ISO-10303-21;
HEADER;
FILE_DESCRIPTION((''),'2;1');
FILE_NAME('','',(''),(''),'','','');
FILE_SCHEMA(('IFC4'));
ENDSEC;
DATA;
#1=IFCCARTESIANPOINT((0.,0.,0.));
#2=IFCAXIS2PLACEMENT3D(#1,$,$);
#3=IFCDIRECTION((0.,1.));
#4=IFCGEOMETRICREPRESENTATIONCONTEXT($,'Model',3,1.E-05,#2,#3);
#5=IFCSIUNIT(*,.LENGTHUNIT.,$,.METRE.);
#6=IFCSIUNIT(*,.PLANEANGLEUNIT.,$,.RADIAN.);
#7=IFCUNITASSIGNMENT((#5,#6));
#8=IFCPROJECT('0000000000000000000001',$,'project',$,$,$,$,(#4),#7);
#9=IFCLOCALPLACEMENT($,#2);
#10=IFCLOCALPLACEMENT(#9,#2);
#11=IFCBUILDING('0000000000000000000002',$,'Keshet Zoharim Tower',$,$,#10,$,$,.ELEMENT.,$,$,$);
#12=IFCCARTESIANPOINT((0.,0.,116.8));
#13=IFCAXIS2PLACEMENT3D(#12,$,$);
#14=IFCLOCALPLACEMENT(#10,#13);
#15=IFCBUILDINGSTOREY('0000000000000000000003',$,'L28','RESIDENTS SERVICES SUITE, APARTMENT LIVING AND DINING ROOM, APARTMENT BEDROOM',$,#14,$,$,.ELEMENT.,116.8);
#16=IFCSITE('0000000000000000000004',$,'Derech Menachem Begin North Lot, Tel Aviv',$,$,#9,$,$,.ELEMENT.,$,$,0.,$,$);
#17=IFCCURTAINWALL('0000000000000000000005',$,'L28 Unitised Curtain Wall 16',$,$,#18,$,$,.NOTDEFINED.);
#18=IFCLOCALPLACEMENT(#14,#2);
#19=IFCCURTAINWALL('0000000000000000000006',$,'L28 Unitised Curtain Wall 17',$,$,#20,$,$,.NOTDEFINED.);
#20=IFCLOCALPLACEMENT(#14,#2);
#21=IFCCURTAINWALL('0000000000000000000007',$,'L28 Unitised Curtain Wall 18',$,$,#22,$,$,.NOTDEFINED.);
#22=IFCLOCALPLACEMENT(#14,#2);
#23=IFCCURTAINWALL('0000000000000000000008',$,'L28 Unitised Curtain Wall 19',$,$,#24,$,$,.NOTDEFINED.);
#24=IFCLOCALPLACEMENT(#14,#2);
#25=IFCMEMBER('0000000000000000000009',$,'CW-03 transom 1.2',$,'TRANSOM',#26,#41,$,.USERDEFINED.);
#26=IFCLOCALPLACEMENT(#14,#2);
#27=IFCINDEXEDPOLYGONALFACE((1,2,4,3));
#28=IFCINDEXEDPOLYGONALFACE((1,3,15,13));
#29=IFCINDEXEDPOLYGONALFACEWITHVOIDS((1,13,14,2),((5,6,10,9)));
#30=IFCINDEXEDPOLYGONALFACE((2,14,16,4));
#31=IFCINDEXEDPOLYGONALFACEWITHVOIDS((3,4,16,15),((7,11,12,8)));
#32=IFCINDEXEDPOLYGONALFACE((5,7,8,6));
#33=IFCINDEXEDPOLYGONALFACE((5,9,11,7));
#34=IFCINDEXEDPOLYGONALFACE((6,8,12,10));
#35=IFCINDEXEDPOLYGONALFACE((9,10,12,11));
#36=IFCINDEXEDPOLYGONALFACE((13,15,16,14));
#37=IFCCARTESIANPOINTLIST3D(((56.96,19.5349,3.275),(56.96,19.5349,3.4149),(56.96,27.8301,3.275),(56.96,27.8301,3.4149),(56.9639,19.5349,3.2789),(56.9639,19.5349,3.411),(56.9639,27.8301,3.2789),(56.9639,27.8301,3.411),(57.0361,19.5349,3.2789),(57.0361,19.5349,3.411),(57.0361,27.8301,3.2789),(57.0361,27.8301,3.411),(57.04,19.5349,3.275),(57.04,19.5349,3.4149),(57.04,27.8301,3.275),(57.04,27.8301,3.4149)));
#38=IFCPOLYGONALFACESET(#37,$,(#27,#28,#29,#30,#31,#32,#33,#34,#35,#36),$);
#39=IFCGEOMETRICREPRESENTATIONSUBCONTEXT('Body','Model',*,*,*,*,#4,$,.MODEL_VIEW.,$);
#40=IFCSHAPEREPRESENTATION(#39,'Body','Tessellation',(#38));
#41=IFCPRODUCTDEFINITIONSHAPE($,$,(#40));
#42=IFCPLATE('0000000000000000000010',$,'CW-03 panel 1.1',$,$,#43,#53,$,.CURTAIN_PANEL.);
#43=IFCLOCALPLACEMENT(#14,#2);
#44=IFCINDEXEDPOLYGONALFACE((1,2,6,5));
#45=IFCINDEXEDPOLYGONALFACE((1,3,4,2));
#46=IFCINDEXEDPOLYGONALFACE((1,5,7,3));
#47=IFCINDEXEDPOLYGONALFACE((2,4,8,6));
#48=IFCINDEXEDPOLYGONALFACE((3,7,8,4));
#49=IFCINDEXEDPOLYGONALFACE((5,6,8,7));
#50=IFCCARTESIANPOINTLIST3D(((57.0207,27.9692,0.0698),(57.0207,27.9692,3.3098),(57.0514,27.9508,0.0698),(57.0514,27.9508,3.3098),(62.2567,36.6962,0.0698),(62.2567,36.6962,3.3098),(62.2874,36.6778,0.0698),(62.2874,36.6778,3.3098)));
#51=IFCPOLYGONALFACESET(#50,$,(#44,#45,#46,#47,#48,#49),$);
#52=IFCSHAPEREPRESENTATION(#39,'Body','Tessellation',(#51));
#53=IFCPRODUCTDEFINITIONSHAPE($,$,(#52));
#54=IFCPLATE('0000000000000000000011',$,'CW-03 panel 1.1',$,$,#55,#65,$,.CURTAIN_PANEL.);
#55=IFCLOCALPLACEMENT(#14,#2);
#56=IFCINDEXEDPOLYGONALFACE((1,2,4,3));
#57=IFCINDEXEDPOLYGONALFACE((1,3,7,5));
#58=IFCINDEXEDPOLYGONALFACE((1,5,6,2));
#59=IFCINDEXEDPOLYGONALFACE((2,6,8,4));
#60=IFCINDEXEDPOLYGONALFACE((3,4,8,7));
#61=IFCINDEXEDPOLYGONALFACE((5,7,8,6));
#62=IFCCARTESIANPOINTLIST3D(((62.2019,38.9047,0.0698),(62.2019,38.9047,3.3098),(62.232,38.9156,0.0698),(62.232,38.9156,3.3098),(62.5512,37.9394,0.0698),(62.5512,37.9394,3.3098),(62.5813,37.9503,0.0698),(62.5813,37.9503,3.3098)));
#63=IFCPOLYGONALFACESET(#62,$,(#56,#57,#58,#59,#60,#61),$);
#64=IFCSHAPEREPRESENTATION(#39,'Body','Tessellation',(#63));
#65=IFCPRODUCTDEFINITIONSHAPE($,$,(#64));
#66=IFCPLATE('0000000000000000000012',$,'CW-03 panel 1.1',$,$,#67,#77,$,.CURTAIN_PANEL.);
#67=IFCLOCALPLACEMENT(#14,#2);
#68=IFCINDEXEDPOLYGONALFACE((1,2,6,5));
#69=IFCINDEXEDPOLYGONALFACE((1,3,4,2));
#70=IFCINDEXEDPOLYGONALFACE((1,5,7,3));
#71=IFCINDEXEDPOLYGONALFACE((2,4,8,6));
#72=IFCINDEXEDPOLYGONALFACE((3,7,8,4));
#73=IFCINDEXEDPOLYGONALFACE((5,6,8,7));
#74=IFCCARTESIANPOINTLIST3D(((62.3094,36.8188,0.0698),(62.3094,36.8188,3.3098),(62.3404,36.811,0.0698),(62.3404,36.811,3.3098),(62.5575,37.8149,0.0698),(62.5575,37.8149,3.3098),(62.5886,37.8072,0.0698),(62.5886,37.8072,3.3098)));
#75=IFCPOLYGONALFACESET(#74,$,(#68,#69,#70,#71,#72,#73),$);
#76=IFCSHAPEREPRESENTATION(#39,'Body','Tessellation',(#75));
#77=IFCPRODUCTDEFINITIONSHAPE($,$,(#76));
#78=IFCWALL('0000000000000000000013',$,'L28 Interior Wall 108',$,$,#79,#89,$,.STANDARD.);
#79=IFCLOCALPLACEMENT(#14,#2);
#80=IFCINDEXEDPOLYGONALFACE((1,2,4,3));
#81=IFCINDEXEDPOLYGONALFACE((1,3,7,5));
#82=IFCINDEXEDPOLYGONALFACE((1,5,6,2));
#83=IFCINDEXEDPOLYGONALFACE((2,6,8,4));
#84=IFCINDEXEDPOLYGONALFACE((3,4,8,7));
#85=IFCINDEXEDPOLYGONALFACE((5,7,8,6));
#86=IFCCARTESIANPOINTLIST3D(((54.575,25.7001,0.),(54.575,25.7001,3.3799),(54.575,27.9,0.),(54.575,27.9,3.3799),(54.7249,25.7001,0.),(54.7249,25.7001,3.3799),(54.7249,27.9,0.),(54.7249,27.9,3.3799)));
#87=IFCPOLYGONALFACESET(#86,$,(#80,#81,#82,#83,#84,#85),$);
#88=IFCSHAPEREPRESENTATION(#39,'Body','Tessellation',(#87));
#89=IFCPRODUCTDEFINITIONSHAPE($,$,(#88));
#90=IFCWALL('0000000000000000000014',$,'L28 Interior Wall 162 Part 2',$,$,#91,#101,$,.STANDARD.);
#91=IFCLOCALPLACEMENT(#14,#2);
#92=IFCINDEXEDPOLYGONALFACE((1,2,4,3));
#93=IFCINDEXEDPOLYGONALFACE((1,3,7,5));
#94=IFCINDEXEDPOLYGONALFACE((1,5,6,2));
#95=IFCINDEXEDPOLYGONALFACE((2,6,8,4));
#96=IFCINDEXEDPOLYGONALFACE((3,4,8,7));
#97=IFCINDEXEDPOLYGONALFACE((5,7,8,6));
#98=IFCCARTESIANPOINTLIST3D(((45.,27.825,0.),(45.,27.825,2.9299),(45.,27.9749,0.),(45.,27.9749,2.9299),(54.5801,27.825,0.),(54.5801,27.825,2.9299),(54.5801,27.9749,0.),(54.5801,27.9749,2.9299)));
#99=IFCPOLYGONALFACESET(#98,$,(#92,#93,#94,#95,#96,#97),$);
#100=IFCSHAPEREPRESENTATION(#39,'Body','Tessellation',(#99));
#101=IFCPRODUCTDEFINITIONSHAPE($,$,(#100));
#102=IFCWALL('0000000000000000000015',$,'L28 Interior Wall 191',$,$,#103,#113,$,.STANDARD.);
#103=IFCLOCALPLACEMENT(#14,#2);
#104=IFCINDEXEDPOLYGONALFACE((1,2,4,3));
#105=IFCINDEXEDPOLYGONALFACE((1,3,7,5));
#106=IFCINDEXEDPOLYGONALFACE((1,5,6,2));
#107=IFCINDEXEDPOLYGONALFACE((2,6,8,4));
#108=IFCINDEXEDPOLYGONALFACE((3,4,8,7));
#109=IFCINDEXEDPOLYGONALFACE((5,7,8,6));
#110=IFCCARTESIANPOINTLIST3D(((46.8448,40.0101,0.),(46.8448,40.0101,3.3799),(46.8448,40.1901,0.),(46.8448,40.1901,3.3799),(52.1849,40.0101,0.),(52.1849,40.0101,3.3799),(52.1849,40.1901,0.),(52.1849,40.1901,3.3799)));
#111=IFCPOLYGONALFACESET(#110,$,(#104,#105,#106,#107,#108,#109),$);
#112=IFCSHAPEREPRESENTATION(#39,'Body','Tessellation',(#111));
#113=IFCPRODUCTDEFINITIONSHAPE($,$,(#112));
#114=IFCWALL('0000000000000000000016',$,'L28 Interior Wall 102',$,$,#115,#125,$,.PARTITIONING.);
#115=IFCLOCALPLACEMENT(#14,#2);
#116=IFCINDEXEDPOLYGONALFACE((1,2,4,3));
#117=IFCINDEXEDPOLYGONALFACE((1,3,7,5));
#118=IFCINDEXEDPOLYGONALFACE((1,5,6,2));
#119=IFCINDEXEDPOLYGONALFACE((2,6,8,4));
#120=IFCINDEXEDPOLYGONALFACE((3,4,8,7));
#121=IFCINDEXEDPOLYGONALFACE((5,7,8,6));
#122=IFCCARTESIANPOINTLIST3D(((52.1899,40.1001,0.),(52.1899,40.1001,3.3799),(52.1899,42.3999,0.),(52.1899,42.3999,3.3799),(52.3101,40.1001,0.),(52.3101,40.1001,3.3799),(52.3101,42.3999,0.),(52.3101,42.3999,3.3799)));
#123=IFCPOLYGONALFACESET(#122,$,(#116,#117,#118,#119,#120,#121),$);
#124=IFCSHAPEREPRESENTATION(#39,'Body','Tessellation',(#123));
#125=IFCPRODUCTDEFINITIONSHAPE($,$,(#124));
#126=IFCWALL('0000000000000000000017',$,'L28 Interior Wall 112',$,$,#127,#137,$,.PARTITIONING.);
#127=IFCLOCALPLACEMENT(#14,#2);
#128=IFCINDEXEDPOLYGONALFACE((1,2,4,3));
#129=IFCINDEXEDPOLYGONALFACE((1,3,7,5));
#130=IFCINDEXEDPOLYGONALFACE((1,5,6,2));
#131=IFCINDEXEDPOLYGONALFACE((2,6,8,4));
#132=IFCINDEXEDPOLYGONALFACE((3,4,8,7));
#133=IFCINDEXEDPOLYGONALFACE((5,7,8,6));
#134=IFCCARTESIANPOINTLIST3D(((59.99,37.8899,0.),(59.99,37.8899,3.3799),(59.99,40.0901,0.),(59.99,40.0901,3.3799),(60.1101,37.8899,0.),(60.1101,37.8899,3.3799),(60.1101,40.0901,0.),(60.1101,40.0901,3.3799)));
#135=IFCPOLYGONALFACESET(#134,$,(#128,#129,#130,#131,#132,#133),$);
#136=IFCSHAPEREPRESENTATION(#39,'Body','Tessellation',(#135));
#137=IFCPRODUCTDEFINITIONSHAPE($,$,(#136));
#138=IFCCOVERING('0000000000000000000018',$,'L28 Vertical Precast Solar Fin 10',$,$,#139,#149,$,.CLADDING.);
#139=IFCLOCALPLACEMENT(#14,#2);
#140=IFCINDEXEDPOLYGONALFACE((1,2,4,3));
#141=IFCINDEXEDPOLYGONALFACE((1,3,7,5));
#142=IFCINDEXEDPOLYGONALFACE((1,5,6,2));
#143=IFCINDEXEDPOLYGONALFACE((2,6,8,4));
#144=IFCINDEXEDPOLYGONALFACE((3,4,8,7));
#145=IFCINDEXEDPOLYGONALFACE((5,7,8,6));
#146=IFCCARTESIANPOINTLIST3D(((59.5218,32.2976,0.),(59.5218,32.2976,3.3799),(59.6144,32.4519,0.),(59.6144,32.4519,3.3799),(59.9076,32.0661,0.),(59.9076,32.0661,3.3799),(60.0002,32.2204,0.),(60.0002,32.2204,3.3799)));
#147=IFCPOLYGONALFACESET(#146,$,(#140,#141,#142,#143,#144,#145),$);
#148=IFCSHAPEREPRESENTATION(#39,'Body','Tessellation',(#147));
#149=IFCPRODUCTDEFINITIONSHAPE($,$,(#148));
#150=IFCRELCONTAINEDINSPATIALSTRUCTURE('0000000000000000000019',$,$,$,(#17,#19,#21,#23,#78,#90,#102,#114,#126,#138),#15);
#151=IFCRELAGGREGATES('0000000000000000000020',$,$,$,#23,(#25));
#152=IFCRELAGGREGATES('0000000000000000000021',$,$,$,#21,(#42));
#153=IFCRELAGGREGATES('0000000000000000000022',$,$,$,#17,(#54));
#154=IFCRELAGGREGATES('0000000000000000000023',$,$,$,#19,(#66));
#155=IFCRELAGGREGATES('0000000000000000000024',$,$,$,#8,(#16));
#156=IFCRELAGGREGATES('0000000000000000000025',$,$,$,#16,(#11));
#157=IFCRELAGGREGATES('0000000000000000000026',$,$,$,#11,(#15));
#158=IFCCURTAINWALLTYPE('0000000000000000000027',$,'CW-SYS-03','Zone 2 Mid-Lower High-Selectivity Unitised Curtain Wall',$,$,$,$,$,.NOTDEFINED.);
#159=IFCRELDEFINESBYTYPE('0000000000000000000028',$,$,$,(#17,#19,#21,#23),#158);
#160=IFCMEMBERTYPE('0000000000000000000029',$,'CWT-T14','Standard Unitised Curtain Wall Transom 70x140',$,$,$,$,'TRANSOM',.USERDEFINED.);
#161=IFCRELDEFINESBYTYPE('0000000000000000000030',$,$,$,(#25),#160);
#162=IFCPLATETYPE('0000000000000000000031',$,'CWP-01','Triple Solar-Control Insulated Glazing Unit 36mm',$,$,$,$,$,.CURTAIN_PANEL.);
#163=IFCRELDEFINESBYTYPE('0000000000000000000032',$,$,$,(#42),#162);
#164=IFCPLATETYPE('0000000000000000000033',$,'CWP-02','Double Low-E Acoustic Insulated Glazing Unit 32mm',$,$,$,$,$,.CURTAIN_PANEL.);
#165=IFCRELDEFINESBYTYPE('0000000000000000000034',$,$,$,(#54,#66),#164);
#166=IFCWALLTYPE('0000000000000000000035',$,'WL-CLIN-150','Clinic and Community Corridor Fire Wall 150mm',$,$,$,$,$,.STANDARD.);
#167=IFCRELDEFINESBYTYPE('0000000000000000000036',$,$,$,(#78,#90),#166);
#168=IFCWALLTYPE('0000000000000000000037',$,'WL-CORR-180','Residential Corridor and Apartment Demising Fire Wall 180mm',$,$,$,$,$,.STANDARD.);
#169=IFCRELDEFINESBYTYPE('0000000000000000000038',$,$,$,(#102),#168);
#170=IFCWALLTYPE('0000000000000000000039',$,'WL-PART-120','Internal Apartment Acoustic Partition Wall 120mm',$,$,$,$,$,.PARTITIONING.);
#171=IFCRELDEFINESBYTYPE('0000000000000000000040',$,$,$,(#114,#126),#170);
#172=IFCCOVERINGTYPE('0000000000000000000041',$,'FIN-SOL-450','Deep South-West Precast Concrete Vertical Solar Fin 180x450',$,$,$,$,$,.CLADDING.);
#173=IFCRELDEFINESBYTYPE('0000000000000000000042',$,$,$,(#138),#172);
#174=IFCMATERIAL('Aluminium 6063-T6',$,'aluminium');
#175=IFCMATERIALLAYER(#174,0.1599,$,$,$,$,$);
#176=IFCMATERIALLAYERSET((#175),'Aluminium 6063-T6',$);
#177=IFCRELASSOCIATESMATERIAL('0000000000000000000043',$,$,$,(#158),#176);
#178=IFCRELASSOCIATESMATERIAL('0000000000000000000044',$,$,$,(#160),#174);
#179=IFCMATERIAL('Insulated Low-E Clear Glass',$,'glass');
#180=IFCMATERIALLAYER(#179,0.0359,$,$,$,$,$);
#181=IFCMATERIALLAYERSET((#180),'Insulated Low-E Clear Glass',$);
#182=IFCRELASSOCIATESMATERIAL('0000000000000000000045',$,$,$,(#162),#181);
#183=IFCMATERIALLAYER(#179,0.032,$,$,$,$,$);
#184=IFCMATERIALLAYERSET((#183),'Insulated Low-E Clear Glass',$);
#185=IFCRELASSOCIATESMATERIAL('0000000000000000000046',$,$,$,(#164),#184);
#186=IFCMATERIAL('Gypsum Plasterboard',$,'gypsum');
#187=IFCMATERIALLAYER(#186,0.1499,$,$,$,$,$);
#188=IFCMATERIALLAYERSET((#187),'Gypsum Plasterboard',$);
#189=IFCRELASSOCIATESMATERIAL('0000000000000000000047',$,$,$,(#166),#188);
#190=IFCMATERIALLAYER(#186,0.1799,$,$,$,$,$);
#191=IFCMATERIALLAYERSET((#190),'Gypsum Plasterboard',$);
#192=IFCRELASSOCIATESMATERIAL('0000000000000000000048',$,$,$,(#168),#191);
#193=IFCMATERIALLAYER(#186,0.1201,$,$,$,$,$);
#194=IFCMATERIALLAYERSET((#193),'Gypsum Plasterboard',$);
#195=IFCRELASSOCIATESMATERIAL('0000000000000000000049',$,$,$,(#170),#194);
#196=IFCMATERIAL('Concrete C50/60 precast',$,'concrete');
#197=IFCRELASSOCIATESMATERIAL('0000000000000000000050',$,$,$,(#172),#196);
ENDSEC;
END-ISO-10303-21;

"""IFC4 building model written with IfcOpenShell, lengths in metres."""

from ifc_helpers import new_model, si_unit, direction, frame, frame_2d, origin, origin_2d, place, context, subcontext, project, spatial, rectangle, hollow_rectangle, extrude, material, layer, layer_set, material_profile, profile_set, type_object, element, aggregate, save


model = new_model("IFC4")

# Units and contexts
model_context = context("Model", 3, precision=1e-05, world=origin(), true_north=direction((0.0, 1.0)))
body_context = subcontext(model_context, "Body", "Model", "MODEL_VIEW")
ifc_project = project(units=[si_unit("LENGTHUNIT", "METRE"), si_unit("PLANEANGLEUNIT", "RADIAN")], contexts=[model_context])

# Site, building, storey
site_placement = place(None, origin())
site = spatial("IfcSite", under=ifc_project, at=site_placement, Name="Derech Menachem Begin North Lot, Tel Aviv", CompositionType="ELEMENT", RefElevation=0.0)
building_placement = place(site_placement, origin())
building = spatial("IfcBuilding", under=site, at=building_placement, Name="Keshet Zoharim Tower", CompositionType="ELEMENT")
storey_placement = place(building_placement, frame((0.0, 0.0, 116.8)))
storey = spatial("IfcBuildingStorey", under=building, at=storey_placement, Name="L28", Description="RESIDENTS SERVICES SUITE, APARTMENT LIVING AND DINING ROOM, APARTMENT BEDROOM", CompositionType="ELEMENT", Elevation=116.8)

# Shared definitions
ifc_material_1 = material(Name="Aluminium 6063-T6", Category="aluminium")
ifc_layer_1 = layer(ifc_material_1, 0.1599)
ifc_layer_set_1 = layer_set([ifc_layer_1], Name="Aluminium 6063-T6")
curtain_wall_type = type_object("IfcCurtainWallType", Name="CW-SYS-03", Description="Zone 2 Mid-Lower High-Selectivity Unitised Curtain Wall", PredefinedType="NOTDEFINED", material=ifc_layer_set_1)

# Curtain walls
curtain_wall_1_placement = place(storey_placement, origin())
curtain_wall_1 = element("IfcCurtainWall", 1, at=curtain_wall_1_placement, inside=storey, type_object=curtain_wall_type, Name="L28 Unitised Curtain Wall 16", PredefinedType="NOTDEFINED")
curtain_wall_2_placement = place(storey_placement, origin())
curtain_wall_2 = element("IfcCurtainWall", 2, at=curtain_wall_2_placement, inside=storey, type_object=curtain_wall_type, Name="L28 Unitised Curtain Wall 17", PredefinedType="NOTDEFINED")
curtain_wall_3_placement = place(storey_placement, origin())
curtain_wall_3 = element("IfcCurtainWall", 3, at=curtain_wall_3_placement, inside=storey, type_object=curtain_wall_type, Name="L28 Unitised Curtain Wall 18", PredefinedType="NOTDEFINED")

# Curtain wall
curtain_wall_4_placement = place(storey_placement, origin())
curtain_wall_4 = element("IfcCurtainWall", 4, at=curtain_wall_4_placement, inside=storey, type_object=curtain_wall_type, Name="L28 Unitised Curtain Wall 19", PredefinedType="NOTDEFINED")

# Member
ifc_material_profile_1 = material_profile(ifc_material_1, hollow_rectangle(XDim=0.0801, YDim=0.1399, WallThickness=0.0039, at=origin_2d()), Name="TRN-80x140")
ifc_profile_set_1 = profile_set([ifc_material_profile_1], Name="Aluminium 6063-T6")
member_type_1 = type_object("IfcMemberType", Name="CWT-T14", Description="Standard Unitised Curtain Wall Transom 70x140", ElementType="TRANSOM", PredefinedType="USERDEFINED", material=ifc_profile_set_1)
member_1_placement = place(storey_placement, frame((57.0, 27.8301, 3.345), z_axis=(0.0, -1.0, 0.0), x_axis=(1.0, 0.0, 0.0)))
member_1 = element("IfcMember", 5, at=member_1_placement, type_object=member_type_1, Name="CW-03 transom 1.2", ObjectType="TRANSOM", PredefinedType="USERDEFINED", context=body_context, shape_type="SweptSolid", body=[
    extrude(hollow_rectangle(XDim=0.0801, YDim=0.1399, WallThickness=0.0039, at=origin_2d()), origin(), (0.0, 0.0, 1.0), 8.2952),
])
aggregate(curtain_wall_4, [member_1])

# Plates
ifc_material_2 = material(Name="Insulated Low-E Clear Glass", Category="glass")
ifc_layer_2 = layer(ifc_material_2, 0.0359)
ifc_layer_set_2 = layer_set([ifc_layer_2], Name="Insulated Low-E Clear Glass")
plate_type_1 = type_object("IfcPlateType", Name="CWP-01", Description="Triple Solar-Control Insulated Glazing Unit 36mm", PredefinedType="CURTAIN_PANEL", material=ifc_layer_set_2)
plate_1_placement = place(storey_placement, frame((59.6541, 32.3235, 0.0698), z_axis=(0.0, 0.0, 1.0), x_axis=(-0.514482, -0.857501, 0.0)))
plate_1 = element("IfcPlate", 6, at=plate_1_placement, type_object=plate_type_1, Name="CW-03 panel 1.1", PredefinedType="CURTAIN_PANEL", context=body_context, shape_type="SweptSolid", body=[
    extrude(rectangle(XDim=10.1772, YDim=0.0359, at=origin_2d()), origin(), (0.0, 0.0, 1.0), 3.24),
])
aggregate(curtain_wall_3, [plate_1])
ifc_layer_3 = layer(ifc_material_2, 0.032)
ifc_layer_set_3 = layer_set([ifc_layer_3], Name="Insulated Low-E Clear Glass")
plate_type_2 = type_object("IfcPlateType", Name="CWP-02", Description="Double Low-E Acoustic Insulated Glazing Unit 32mm", PredefinedType="CURTAIN_PANEL", material=ifc_layer_set_3)
plate_2_placement = place(storey_placement, frame((62.3916, 38.4275, 0.0698), z_axis=(0.0, 0.0, 1.0), x_axis=(0.340297, -0.940318, 0.0)))
plate_2 = element("IfcPlate", 7, at=plate_2_placement, type_object=plate_type_2, Name="CW-03 panel 1.1", PredefinedType="CURTAIN_PANEL", context=body_context, shape_type="SweptSolid", body=[
    extrude(rectangle(XDim=1.0266, YDim=0.032, at=origin_2d()), origin(), (0.0, 0.0, 1.0), 3.24),
])
aggregate(curtain_wall_1, [plate_2])
plate_3_placement = place(storey_placement, frame((62.449, 37.313, 0.0698), z_axis=(0.0, 0.0, 1.0), x_axis=(-0.241729, -0.970344, 0.0)))
plate_3 = element("IfcPlate", 8, at=plate_3_placement, type_object=plate_type_2, Name="CW-03 panel 1.1", PredefinedType="CURTAIN_PANEL", context=body_context, shape_type="SweptSolid", body=[
    extrude(rectangle(XDim=1.0266, YDim=0.032, at=origin_2d()), origin(), (0.0, 0.0, 1.0), 3.24),
])
aggregate(curtain_wall_2, [plate_3])

# Walls
ifc_material_3 = material(Name="Gypsum Plasterboard", Category="gypsum")
ifc_layer_4 = layer(ifc_material_3, 0.1499)
ifc_layer_set_4 = layer_set([ifc_layer_4], Name="Gypsum Plasterboard")
wall_type_1 = type_object("IfcWallType", Name="WL-CLIN-150", Description="Clinic and Community Corridor Fire Wall 150mm", PredefinedType="STANDARD", material=ifc_layer_set_4)
wall_1_placement = place(storey_placement, frame((54.6499, 25.7, 0.0), z_axis=(0.0, 0.0, 1.0), x_axis=(0.0, 1.0, 0.0)))
element("IfcWall", 9, at=wall_1_placement, inside=storey, type_object=wall_type_1, Name="L28 Interior Wall 108", PredefinedType="STANDARD", context=body_context, shape_type="SweptSolid", body=[
    extrude(rectangle(XDim=2.2, YDim=0.1499, at=frame_2d((1.1001, 0.0))), origin(), (0.0, 0.0, 1.0), 3.3799),
])
wall_2_placement = place(storey_placement, frame((45.0, 27.8999, 0.0), z_axis=(0.0, 0.0, 1.0), x_axis=(1.0, 0.0, 0.0)))
element("IfcWall", 10, at=wall_2_placement, inside=storey, type_object=wall_type_1, Name="L28 Interior Wall 162 Part 2", PredefinedType="STANDARD", context=body_context, shape_type="SweptSolid", body=[
    extrude(rectangle(XDim=9.5801, YDim=0.1499, at=frame_2d((4.79, 0.0))), origin(), (0.0, 0.0, 1.0), 2.9299),
])
ifc_layer_5 = layer(ifc_material_3, 0.1799)
ifc_layer_set_5 = layer_set([ifc_layer_5], Name="Gypsum Plasterboard")
wall_type_2 = type_object("IfcWallType", Name="WL-CORR-180", Description="Residential Corridor and Apartment Demising Fire Wall 180mm", PredefinedType="STANDARD", material=ifc_layer_set_5)
wall_3_placement = place(storey_placement, frame((46.845, 40.1001, 0.0), z_axis=(0.0, 0.0, 1.0), x_axis=(1.0, 0.0, 0.0)))
element("IfcWall", 11, at=wall_3_placement, inside=storey, type_object=wall_type_2, Name="L28 Interior Wall 191", PredefinedType="STANDARD", context=body_context, shape_type="SweptSolid", body=[
    extrude(rectangle(XDim=5.3401, YDim=0.1799, at=frame_2d((2.6699, 0.0))), origin(), (0.0, 0.0, 1.0), 3.3799),
])

# Shared definitions
ifc_layer_6 = layer(ifc_material_3, 0.1201)
ifc_layer_set_6 = layer_set([ifc_layer_6], Name="Gypsum Plasterboard")
wall_type_3 = type_object("IfcWallType", Name="WL-PART-120", Description="Internal Apartment Acoustic Partition Wall 120mm", PredefinedType="PARTITIONING", material=ifc_layer_set_6)

# Walls
wall_4_placement = place(storey_placement, frame((52.25, 40.1001, 0.0), z_axis=(0.0, 0.0, 1.0), x_axis=(0.0, 1.0, 0.0)))
element("IfcWall", 12, at=wall_4_placement, inside=storey, type_object=wall_type_3, Name="L28 Interior Wall 102", PredefinedType="PARTITIONING", context=body_context, shape_type="SweptSolid", body=[
    extrude(rectangle(XDim=2.2998, YDim=0.1201, at=frame_2d((1.1499, 0.0))), origin(), (0.0, 0.0, 1.0), 3.3799),
])
wall_5_placement = place(storey_placement, frame((60.05, 37.8899, 0.0), z_axis=(0.0, 0.0, 1.0), x_axis=(0.0, 1.0, 0.0)))
element("IfcWall", 13, at=wall_5_placement, inside=storey, type_object=wall_type_3, Name="L28 Interior Wall 112", PredefinedType="PARTITIONING", context=body_context, shape_type="SweptSolid", body=[
    extrude(rectangle(XDim=2.2002, YDim=0.1201, at=frame_2d((1.1001, 0.0))), origin(), (0.0, 0.0, 1.0), 3.3799),
])

# Covering
ifc_material_4 = material(Name="Concrete C50/60 precast", Category="concrete")
covering_type = type_object("IfcCoveringType", Name="FIN-SOL-450", Description="Deep South-West Precast Concrete Vertical Solar Fin 180x450", PredefinedType="CLADDING", material=ifc_material_4)
covering_placement = place(storey_placement, frame((59.761, 32.259, 0.0), z_axis=(0.0, 0.0, 1.0), x_axis=(-0.514482, -0.857501, 0.0)))
element("IfcCovering", 14, at=covering_placement, inside=storey, type_object=covering_type, Name="L28 Vertical Precast Solar Fin 10", PredefinedType="CLADDING", context=body_context, shape_type="SweptSolid", body=[
    extrude(rectangle(XDim=0.1799, YDim=0.45, at=origin_2d()), origin(), (0.0, 0.0, 1.0), 3.3799),
])

save(model, "model.ifc")
